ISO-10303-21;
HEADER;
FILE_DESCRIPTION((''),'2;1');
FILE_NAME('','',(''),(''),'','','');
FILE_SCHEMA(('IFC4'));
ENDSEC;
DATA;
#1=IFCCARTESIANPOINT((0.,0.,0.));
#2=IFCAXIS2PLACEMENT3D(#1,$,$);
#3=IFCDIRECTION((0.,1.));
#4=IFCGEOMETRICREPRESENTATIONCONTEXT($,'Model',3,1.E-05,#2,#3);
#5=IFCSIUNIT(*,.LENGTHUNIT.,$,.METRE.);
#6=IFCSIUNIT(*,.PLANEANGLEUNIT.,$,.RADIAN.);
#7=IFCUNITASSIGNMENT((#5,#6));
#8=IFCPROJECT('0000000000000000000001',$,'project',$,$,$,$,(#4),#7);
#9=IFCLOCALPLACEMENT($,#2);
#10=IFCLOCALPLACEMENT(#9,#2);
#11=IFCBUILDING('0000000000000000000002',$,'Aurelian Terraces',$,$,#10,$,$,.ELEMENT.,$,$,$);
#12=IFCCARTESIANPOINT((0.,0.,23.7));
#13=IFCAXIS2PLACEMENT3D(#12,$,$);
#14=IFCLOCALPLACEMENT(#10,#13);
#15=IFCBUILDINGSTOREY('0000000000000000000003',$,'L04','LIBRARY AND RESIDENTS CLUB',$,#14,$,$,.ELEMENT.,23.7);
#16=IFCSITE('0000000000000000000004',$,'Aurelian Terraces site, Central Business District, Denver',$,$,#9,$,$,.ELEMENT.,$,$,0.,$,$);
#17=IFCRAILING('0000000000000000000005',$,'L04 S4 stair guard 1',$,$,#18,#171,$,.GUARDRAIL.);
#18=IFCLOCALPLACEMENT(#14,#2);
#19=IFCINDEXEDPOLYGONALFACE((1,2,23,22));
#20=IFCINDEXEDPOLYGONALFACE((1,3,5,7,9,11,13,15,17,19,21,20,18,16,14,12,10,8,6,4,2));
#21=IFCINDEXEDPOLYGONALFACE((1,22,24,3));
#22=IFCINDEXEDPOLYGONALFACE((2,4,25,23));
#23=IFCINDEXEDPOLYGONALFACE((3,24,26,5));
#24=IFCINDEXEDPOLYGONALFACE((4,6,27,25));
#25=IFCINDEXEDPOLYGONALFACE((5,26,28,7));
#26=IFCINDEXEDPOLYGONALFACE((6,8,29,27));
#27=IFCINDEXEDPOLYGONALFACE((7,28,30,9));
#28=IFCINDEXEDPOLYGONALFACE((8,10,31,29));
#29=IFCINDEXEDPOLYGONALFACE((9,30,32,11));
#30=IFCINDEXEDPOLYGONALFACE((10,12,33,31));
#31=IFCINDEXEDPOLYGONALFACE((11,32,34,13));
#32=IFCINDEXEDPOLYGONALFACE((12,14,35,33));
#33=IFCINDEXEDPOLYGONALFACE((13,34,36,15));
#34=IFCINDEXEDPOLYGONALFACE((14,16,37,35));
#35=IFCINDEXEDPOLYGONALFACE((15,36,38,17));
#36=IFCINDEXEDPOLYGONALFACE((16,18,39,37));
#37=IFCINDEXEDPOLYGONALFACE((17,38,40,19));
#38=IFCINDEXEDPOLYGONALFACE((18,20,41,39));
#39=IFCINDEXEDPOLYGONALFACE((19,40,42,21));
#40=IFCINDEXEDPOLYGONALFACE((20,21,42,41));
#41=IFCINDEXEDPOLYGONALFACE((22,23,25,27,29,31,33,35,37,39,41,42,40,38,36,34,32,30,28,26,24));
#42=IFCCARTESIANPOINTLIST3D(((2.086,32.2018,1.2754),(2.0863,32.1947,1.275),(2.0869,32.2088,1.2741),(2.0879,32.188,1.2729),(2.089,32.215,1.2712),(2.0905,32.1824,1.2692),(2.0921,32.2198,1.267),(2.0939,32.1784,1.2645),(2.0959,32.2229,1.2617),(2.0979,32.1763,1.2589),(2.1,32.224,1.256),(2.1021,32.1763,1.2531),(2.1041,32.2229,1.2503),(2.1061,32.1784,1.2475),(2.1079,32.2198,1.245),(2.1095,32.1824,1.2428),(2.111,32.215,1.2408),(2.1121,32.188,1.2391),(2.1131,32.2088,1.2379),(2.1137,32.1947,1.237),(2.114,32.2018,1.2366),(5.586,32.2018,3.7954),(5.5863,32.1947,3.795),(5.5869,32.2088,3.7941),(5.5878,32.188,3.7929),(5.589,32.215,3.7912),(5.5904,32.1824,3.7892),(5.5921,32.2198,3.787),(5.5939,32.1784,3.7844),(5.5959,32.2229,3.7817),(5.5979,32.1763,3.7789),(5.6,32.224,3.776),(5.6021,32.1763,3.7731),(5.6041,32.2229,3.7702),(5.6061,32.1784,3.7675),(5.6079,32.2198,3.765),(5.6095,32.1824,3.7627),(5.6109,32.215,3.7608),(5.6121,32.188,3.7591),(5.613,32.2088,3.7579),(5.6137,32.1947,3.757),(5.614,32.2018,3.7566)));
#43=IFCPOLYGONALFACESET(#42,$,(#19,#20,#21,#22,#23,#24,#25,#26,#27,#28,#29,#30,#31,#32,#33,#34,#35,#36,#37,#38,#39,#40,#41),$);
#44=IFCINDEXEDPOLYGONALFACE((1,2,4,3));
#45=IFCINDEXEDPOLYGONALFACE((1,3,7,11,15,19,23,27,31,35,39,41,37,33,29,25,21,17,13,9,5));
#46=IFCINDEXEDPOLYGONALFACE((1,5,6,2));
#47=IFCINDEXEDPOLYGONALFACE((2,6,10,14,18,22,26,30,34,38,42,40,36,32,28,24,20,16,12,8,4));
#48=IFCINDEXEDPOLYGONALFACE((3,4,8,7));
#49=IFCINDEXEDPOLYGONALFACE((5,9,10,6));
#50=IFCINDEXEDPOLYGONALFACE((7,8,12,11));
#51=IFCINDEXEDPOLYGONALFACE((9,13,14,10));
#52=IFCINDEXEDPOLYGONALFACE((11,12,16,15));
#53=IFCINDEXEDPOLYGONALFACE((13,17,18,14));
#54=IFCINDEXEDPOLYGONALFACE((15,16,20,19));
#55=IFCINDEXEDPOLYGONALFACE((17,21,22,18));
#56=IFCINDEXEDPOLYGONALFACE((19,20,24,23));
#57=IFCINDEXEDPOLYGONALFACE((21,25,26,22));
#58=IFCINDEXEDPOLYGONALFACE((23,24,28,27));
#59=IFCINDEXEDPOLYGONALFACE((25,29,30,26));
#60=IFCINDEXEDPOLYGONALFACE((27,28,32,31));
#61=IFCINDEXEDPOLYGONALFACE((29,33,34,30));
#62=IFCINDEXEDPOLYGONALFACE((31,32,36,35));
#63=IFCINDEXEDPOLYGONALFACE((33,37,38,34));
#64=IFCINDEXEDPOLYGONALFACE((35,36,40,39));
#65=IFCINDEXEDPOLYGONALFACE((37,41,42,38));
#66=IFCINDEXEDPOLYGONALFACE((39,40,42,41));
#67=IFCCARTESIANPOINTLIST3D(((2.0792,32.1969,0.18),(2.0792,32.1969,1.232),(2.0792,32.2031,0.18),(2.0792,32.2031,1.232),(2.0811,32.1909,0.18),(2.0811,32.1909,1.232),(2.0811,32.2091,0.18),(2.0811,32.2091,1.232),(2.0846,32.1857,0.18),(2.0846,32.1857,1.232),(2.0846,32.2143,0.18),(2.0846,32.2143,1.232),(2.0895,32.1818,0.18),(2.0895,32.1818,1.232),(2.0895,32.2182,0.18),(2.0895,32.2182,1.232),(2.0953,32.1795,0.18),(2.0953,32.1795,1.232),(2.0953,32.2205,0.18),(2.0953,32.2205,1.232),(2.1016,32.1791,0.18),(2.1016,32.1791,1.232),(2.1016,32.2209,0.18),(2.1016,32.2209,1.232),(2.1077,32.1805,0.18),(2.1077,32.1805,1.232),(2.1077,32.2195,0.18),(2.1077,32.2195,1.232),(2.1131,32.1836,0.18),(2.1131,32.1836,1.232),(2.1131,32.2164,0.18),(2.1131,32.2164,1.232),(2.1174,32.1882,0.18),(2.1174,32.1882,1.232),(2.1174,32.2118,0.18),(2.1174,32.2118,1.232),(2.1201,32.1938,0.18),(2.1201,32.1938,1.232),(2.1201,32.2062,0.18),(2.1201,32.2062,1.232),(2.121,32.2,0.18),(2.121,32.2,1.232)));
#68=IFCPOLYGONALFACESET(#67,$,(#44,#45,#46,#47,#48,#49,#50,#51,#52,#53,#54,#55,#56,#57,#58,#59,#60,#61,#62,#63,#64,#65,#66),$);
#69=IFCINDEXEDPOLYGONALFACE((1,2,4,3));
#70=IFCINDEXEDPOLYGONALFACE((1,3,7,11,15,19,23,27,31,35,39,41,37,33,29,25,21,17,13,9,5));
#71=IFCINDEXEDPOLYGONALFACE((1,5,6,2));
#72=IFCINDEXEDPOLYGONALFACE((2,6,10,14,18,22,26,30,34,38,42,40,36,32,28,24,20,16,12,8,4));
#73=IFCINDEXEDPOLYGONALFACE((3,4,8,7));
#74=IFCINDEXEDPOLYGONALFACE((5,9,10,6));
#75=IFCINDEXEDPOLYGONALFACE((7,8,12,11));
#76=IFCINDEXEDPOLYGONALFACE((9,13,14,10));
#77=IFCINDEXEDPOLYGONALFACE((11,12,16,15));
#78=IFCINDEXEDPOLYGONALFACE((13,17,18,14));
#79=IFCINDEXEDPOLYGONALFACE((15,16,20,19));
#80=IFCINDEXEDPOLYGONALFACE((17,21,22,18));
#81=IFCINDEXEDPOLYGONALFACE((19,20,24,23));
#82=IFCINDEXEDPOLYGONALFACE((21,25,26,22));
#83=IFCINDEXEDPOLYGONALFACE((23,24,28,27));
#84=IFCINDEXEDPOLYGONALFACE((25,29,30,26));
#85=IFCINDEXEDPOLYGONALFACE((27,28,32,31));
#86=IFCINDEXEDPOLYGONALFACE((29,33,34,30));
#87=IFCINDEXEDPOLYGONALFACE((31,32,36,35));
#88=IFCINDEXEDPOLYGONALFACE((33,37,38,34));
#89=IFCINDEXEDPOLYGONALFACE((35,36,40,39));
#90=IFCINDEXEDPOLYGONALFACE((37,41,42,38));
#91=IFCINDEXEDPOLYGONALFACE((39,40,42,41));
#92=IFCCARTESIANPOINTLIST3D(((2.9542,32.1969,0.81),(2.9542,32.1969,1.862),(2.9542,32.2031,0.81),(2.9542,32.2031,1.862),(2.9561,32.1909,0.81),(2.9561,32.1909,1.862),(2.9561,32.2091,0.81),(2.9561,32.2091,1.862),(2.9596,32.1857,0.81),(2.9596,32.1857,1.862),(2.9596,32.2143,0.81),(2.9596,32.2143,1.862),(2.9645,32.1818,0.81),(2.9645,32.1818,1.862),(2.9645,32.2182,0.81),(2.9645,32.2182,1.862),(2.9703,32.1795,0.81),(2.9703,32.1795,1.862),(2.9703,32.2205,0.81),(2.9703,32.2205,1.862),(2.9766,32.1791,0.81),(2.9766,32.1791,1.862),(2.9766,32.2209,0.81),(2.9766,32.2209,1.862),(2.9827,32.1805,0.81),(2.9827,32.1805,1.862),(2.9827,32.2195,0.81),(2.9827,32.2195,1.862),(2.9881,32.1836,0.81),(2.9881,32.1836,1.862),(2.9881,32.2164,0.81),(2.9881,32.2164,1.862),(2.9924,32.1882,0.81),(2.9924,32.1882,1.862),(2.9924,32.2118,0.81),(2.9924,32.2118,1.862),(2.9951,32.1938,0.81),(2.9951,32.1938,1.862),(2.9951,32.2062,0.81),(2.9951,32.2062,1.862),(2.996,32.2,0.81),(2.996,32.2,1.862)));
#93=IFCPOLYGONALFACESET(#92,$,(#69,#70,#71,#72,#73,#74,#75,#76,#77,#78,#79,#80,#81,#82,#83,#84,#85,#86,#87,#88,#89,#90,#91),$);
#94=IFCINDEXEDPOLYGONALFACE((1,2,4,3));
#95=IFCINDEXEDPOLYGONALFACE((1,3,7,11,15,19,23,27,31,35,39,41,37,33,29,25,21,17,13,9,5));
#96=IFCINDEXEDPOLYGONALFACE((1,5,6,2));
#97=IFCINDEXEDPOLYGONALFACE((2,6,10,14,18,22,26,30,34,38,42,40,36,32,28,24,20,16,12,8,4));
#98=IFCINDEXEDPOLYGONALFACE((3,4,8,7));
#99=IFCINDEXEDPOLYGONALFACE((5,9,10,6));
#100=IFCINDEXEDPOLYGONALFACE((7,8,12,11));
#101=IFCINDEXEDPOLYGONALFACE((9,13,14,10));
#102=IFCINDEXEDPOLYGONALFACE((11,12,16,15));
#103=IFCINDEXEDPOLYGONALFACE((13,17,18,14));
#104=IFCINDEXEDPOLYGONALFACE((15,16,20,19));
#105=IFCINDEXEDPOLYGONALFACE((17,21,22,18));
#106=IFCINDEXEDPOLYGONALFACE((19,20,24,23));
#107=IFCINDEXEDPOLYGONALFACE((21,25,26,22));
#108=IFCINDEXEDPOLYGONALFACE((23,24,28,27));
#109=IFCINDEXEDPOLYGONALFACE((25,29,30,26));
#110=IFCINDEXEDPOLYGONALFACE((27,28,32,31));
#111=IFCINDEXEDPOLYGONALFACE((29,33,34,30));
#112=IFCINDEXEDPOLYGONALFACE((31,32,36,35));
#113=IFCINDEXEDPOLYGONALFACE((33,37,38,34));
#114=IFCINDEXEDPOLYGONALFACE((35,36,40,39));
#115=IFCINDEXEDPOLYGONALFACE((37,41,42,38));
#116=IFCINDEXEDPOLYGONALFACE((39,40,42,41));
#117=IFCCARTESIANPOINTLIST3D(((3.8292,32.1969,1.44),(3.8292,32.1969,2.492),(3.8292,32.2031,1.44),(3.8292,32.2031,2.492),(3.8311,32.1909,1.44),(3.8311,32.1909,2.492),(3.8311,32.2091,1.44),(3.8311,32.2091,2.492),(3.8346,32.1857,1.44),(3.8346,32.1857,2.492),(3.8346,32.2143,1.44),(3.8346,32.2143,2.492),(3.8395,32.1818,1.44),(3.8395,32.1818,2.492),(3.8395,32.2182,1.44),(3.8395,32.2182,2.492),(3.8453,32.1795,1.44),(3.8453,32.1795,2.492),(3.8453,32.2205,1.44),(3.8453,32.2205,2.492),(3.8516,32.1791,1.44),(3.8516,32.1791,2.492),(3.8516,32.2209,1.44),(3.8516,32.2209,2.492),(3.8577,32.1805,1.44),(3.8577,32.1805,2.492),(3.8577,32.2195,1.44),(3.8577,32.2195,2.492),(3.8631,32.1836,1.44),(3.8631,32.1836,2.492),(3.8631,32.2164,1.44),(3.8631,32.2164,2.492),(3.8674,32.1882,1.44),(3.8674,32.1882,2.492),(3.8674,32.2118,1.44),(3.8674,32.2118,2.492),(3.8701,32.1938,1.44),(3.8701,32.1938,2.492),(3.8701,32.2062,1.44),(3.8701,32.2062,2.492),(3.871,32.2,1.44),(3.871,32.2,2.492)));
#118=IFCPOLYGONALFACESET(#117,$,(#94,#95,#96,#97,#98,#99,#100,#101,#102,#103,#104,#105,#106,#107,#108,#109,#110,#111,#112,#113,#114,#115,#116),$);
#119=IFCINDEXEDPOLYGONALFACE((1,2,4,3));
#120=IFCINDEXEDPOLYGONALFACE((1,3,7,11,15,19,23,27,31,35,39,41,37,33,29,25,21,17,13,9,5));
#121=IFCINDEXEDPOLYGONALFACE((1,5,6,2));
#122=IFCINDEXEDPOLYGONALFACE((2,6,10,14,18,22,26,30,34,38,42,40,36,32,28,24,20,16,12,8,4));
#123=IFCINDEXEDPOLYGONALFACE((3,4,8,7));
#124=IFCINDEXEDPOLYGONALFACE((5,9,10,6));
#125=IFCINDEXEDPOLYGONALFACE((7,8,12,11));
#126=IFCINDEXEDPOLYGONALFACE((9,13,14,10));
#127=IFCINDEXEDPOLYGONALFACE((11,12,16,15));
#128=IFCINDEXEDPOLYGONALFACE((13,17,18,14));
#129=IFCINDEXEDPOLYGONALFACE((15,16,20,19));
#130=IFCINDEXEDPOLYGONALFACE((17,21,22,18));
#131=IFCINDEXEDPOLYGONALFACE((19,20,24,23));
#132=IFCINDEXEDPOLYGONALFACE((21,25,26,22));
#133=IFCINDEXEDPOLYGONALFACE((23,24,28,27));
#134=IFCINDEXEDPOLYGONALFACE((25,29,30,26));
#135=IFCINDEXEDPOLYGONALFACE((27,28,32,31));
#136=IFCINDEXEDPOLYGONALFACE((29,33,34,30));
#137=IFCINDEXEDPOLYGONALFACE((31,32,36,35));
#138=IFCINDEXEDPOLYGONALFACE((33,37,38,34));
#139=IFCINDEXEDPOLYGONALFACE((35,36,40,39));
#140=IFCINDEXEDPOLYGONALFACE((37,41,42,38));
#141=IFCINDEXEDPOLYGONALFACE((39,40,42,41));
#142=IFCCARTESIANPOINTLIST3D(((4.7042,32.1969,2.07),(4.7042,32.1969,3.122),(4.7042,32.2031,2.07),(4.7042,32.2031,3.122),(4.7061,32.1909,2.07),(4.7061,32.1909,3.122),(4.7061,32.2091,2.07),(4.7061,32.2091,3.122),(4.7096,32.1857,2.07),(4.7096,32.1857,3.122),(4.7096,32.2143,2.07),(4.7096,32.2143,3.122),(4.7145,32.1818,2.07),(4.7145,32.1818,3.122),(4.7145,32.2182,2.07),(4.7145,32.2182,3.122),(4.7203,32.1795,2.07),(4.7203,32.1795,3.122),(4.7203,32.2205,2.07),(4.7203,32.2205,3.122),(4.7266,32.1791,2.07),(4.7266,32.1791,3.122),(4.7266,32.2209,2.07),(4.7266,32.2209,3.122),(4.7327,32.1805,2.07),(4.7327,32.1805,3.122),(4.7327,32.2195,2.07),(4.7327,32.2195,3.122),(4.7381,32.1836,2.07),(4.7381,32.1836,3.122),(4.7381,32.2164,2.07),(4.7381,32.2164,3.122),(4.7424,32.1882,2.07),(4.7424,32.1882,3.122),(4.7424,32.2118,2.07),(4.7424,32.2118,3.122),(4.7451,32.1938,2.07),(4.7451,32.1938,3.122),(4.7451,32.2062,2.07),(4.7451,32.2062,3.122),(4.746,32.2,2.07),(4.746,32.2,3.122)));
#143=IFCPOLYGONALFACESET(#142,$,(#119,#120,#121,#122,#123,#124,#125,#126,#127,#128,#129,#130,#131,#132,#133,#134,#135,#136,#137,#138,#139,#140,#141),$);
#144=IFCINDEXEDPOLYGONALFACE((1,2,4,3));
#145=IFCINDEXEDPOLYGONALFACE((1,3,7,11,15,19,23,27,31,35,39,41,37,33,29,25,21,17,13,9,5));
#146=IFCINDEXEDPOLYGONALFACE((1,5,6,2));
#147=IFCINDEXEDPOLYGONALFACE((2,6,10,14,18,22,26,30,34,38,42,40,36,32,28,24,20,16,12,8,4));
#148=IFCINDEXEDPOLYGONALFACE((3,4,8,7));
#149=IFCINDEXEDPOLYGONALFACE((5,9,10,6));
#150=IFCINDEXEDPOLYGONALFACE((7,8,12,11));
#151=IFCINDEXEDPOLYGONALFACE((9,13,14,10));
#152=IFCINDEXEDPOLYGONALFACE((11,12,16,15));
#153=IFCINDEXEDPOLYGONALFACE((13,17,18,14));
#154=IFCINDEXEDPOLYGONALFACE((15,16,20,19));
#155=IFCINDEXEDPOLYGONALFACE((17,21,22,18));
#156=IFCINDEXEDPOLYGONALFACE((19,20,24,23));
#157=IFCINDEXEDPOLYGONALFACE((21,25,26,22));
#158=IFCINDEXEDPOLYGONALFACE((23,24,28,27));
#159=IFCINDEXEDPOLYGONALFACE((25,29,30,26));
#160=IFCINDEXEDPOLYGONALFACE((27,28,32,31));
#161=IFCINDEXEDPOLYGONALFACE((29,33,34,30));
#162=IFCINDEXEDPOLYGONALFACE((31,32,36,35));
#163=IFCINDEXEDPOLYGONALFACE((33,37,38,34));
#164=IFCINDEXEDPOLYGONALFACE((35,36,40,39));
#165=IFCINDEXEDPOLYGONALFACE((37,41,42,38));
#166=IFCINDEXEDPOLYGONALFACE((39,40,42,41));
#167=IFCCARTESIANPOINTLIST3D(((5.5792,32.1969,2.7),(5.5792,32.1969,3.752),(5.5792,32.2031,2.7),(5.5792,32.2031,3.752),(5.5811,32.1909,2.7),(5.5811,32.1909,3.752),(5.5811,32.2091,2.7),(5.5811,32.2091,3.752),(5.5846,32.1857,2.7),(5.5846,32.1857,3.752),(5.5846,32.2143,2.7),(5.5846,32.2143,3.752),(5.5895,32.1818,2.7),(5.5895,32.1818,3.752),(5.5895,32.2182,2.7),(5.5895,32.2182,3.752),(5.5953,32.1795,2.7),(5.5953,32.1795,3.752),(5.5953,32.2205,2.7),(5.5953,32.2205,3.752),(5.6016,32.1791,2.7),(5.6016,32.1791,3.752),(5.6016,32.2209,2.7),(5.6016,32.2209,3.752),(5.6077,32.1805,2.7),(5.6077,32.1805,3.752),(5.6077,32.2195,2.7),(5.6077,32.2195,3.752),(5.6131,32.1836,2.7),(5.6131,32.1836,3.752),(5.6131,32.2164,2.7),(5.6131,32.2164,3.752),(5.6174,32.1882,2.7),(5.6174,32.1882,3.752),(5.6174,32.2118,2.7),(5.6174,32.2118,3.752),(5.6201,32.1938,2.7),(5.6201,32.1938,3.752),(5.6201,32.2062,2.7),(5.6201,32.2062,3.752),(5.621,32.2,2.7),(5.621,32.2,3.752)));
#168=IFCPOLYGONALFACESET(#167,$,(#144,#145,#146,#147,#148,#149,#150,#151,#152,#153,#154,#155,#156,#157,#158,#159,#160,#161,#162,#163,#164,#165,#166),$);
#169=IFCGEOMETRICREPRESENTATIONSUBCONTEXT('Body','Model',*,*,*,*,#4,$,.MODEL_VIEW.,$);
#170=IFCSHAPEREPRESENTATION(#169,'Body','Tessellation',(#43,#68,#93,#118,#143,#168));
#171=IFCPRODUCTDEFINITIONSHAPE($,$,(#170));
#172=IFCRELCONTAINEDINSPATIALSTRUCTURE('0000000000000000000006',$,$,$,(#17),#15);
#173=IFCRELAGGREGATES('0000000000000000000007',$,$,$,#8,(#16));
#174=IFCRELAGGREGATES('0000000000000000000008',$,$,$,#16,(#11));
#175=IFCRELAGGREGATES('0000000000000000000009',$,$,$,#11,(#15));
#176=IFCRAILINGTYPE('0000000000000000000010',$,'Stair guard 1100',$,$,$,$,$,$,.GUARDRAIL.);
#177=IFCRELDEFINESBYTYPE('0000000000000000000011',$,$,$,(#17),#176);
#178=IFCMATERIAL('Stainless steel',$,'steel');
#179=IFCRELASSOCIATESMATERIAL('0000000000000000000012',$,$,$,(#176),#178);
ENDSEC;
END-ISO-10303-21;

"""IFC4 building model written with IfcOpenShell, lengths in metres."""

from ifc_helpers import new_model, si_unit, direction, frame, origin, origin_2d, place, context, subcontext, project, spatial, circle, extrude, source, transform, mapped, material, type_object, element, save


model = new_model("IFC4")

# Units and contexts
model_context = context("Model", 3, precision=1e-05, world=origin(), true_north=direction((0.0, 1.0)))
body_context = subcontext(model_context, "Body", "Model", "MODEL_VIEW")
ifc_project = project(units=[si_unit("LENGTHUNIT", "METRE"), si_unit("PLANEANGLEUNIT", "RADIAN")], contexts=[model_context])

# Site, building, storey
site_placement = place(None, origin())
site = spatial("IfcSite", under=ifc_project, at=site_placement, Name="Aurelian Terraces site, Central Business District, Denver", CompositionType="ELEMENT", RefElevation=0.0)
building_placement = place(site_placement, origin())
building = spatial("IfcBuilding", under=site, at=building_placement, Name="Aurelian Terraces", CompositionType="ELEMENT")
storey_placement = place(building_placement, frame((0.0, 0.0, 23.7)))
storey = spatial("IfcBuildingStorey", under=building, at=storey_placement, Name="L04", Description="LIBRARY AND RESIDENTS CLUB", CompositionType="ELEMENT", Elevation=23.7)

# Railing
ifc_material_1 = material(Name="Stainless steel", Category="steel")
railing_type_1 = type_object("IfcRailingType", Name="Stair guard 1100", PredefinedType="GUARDRAIL", material=ifc_material_1)
shared_shape_1 = source(origin(), body_context, "Body", "SweptSolid", [
    extrude(circle(Radius=0.024, at=origin_2d()), frame((0.0, 0.0, 1.076), z_axis=(0.811534, 0.0, 0.584305), x_axis=(0.0, 1.0, 0.0)), (0.0, 0.0, 1.0), 4.3128),
    extrude(circle(Radius=0.021, at=origin_2d()), origin(), (0.0, 0.0, 1.0), 1.052),
    extrude(circle(Radius=0.021, at=origin_2d()), frame((0.875, 0.0, 0.63)), (0.0, 0.0, 1.0), 1.052),
    extrude(circle(Radius=0.021, at=origin_2d()), frame((1.75, 0.0, 1.26)), (0.0, 0.0, 1.0), 1.052),
    extrude(circle(Radius=0.021, at=origin_2d()), frame((2.625, 0.0, 1.89)), (0.0, 0.0, 1.0), 1.052),
    extrude(circle(Radius=0.021, at=origin_2d()), frame((3.5, 0.0, 2.52)), (0.0, 0.0, 1.0), 1.052),
])
for number, where, name in (
    (1, (2.1, 32.2, 0.18), "L04 S4 stair guard 1"),
):
    element("IfcRailing", number, at=place(storey_placement, frame(where)), inside=storey, type_object=railing_type_1, Name=name, PredefinedType="GUARDRAIL", context=body_context, shape_type="MappedRepresentation", body=[
        mapped(shared_shape_1, transform((0.0, 0.0, 0.0), scale=1.0)),
    ])

save(model, "model.ifc")
